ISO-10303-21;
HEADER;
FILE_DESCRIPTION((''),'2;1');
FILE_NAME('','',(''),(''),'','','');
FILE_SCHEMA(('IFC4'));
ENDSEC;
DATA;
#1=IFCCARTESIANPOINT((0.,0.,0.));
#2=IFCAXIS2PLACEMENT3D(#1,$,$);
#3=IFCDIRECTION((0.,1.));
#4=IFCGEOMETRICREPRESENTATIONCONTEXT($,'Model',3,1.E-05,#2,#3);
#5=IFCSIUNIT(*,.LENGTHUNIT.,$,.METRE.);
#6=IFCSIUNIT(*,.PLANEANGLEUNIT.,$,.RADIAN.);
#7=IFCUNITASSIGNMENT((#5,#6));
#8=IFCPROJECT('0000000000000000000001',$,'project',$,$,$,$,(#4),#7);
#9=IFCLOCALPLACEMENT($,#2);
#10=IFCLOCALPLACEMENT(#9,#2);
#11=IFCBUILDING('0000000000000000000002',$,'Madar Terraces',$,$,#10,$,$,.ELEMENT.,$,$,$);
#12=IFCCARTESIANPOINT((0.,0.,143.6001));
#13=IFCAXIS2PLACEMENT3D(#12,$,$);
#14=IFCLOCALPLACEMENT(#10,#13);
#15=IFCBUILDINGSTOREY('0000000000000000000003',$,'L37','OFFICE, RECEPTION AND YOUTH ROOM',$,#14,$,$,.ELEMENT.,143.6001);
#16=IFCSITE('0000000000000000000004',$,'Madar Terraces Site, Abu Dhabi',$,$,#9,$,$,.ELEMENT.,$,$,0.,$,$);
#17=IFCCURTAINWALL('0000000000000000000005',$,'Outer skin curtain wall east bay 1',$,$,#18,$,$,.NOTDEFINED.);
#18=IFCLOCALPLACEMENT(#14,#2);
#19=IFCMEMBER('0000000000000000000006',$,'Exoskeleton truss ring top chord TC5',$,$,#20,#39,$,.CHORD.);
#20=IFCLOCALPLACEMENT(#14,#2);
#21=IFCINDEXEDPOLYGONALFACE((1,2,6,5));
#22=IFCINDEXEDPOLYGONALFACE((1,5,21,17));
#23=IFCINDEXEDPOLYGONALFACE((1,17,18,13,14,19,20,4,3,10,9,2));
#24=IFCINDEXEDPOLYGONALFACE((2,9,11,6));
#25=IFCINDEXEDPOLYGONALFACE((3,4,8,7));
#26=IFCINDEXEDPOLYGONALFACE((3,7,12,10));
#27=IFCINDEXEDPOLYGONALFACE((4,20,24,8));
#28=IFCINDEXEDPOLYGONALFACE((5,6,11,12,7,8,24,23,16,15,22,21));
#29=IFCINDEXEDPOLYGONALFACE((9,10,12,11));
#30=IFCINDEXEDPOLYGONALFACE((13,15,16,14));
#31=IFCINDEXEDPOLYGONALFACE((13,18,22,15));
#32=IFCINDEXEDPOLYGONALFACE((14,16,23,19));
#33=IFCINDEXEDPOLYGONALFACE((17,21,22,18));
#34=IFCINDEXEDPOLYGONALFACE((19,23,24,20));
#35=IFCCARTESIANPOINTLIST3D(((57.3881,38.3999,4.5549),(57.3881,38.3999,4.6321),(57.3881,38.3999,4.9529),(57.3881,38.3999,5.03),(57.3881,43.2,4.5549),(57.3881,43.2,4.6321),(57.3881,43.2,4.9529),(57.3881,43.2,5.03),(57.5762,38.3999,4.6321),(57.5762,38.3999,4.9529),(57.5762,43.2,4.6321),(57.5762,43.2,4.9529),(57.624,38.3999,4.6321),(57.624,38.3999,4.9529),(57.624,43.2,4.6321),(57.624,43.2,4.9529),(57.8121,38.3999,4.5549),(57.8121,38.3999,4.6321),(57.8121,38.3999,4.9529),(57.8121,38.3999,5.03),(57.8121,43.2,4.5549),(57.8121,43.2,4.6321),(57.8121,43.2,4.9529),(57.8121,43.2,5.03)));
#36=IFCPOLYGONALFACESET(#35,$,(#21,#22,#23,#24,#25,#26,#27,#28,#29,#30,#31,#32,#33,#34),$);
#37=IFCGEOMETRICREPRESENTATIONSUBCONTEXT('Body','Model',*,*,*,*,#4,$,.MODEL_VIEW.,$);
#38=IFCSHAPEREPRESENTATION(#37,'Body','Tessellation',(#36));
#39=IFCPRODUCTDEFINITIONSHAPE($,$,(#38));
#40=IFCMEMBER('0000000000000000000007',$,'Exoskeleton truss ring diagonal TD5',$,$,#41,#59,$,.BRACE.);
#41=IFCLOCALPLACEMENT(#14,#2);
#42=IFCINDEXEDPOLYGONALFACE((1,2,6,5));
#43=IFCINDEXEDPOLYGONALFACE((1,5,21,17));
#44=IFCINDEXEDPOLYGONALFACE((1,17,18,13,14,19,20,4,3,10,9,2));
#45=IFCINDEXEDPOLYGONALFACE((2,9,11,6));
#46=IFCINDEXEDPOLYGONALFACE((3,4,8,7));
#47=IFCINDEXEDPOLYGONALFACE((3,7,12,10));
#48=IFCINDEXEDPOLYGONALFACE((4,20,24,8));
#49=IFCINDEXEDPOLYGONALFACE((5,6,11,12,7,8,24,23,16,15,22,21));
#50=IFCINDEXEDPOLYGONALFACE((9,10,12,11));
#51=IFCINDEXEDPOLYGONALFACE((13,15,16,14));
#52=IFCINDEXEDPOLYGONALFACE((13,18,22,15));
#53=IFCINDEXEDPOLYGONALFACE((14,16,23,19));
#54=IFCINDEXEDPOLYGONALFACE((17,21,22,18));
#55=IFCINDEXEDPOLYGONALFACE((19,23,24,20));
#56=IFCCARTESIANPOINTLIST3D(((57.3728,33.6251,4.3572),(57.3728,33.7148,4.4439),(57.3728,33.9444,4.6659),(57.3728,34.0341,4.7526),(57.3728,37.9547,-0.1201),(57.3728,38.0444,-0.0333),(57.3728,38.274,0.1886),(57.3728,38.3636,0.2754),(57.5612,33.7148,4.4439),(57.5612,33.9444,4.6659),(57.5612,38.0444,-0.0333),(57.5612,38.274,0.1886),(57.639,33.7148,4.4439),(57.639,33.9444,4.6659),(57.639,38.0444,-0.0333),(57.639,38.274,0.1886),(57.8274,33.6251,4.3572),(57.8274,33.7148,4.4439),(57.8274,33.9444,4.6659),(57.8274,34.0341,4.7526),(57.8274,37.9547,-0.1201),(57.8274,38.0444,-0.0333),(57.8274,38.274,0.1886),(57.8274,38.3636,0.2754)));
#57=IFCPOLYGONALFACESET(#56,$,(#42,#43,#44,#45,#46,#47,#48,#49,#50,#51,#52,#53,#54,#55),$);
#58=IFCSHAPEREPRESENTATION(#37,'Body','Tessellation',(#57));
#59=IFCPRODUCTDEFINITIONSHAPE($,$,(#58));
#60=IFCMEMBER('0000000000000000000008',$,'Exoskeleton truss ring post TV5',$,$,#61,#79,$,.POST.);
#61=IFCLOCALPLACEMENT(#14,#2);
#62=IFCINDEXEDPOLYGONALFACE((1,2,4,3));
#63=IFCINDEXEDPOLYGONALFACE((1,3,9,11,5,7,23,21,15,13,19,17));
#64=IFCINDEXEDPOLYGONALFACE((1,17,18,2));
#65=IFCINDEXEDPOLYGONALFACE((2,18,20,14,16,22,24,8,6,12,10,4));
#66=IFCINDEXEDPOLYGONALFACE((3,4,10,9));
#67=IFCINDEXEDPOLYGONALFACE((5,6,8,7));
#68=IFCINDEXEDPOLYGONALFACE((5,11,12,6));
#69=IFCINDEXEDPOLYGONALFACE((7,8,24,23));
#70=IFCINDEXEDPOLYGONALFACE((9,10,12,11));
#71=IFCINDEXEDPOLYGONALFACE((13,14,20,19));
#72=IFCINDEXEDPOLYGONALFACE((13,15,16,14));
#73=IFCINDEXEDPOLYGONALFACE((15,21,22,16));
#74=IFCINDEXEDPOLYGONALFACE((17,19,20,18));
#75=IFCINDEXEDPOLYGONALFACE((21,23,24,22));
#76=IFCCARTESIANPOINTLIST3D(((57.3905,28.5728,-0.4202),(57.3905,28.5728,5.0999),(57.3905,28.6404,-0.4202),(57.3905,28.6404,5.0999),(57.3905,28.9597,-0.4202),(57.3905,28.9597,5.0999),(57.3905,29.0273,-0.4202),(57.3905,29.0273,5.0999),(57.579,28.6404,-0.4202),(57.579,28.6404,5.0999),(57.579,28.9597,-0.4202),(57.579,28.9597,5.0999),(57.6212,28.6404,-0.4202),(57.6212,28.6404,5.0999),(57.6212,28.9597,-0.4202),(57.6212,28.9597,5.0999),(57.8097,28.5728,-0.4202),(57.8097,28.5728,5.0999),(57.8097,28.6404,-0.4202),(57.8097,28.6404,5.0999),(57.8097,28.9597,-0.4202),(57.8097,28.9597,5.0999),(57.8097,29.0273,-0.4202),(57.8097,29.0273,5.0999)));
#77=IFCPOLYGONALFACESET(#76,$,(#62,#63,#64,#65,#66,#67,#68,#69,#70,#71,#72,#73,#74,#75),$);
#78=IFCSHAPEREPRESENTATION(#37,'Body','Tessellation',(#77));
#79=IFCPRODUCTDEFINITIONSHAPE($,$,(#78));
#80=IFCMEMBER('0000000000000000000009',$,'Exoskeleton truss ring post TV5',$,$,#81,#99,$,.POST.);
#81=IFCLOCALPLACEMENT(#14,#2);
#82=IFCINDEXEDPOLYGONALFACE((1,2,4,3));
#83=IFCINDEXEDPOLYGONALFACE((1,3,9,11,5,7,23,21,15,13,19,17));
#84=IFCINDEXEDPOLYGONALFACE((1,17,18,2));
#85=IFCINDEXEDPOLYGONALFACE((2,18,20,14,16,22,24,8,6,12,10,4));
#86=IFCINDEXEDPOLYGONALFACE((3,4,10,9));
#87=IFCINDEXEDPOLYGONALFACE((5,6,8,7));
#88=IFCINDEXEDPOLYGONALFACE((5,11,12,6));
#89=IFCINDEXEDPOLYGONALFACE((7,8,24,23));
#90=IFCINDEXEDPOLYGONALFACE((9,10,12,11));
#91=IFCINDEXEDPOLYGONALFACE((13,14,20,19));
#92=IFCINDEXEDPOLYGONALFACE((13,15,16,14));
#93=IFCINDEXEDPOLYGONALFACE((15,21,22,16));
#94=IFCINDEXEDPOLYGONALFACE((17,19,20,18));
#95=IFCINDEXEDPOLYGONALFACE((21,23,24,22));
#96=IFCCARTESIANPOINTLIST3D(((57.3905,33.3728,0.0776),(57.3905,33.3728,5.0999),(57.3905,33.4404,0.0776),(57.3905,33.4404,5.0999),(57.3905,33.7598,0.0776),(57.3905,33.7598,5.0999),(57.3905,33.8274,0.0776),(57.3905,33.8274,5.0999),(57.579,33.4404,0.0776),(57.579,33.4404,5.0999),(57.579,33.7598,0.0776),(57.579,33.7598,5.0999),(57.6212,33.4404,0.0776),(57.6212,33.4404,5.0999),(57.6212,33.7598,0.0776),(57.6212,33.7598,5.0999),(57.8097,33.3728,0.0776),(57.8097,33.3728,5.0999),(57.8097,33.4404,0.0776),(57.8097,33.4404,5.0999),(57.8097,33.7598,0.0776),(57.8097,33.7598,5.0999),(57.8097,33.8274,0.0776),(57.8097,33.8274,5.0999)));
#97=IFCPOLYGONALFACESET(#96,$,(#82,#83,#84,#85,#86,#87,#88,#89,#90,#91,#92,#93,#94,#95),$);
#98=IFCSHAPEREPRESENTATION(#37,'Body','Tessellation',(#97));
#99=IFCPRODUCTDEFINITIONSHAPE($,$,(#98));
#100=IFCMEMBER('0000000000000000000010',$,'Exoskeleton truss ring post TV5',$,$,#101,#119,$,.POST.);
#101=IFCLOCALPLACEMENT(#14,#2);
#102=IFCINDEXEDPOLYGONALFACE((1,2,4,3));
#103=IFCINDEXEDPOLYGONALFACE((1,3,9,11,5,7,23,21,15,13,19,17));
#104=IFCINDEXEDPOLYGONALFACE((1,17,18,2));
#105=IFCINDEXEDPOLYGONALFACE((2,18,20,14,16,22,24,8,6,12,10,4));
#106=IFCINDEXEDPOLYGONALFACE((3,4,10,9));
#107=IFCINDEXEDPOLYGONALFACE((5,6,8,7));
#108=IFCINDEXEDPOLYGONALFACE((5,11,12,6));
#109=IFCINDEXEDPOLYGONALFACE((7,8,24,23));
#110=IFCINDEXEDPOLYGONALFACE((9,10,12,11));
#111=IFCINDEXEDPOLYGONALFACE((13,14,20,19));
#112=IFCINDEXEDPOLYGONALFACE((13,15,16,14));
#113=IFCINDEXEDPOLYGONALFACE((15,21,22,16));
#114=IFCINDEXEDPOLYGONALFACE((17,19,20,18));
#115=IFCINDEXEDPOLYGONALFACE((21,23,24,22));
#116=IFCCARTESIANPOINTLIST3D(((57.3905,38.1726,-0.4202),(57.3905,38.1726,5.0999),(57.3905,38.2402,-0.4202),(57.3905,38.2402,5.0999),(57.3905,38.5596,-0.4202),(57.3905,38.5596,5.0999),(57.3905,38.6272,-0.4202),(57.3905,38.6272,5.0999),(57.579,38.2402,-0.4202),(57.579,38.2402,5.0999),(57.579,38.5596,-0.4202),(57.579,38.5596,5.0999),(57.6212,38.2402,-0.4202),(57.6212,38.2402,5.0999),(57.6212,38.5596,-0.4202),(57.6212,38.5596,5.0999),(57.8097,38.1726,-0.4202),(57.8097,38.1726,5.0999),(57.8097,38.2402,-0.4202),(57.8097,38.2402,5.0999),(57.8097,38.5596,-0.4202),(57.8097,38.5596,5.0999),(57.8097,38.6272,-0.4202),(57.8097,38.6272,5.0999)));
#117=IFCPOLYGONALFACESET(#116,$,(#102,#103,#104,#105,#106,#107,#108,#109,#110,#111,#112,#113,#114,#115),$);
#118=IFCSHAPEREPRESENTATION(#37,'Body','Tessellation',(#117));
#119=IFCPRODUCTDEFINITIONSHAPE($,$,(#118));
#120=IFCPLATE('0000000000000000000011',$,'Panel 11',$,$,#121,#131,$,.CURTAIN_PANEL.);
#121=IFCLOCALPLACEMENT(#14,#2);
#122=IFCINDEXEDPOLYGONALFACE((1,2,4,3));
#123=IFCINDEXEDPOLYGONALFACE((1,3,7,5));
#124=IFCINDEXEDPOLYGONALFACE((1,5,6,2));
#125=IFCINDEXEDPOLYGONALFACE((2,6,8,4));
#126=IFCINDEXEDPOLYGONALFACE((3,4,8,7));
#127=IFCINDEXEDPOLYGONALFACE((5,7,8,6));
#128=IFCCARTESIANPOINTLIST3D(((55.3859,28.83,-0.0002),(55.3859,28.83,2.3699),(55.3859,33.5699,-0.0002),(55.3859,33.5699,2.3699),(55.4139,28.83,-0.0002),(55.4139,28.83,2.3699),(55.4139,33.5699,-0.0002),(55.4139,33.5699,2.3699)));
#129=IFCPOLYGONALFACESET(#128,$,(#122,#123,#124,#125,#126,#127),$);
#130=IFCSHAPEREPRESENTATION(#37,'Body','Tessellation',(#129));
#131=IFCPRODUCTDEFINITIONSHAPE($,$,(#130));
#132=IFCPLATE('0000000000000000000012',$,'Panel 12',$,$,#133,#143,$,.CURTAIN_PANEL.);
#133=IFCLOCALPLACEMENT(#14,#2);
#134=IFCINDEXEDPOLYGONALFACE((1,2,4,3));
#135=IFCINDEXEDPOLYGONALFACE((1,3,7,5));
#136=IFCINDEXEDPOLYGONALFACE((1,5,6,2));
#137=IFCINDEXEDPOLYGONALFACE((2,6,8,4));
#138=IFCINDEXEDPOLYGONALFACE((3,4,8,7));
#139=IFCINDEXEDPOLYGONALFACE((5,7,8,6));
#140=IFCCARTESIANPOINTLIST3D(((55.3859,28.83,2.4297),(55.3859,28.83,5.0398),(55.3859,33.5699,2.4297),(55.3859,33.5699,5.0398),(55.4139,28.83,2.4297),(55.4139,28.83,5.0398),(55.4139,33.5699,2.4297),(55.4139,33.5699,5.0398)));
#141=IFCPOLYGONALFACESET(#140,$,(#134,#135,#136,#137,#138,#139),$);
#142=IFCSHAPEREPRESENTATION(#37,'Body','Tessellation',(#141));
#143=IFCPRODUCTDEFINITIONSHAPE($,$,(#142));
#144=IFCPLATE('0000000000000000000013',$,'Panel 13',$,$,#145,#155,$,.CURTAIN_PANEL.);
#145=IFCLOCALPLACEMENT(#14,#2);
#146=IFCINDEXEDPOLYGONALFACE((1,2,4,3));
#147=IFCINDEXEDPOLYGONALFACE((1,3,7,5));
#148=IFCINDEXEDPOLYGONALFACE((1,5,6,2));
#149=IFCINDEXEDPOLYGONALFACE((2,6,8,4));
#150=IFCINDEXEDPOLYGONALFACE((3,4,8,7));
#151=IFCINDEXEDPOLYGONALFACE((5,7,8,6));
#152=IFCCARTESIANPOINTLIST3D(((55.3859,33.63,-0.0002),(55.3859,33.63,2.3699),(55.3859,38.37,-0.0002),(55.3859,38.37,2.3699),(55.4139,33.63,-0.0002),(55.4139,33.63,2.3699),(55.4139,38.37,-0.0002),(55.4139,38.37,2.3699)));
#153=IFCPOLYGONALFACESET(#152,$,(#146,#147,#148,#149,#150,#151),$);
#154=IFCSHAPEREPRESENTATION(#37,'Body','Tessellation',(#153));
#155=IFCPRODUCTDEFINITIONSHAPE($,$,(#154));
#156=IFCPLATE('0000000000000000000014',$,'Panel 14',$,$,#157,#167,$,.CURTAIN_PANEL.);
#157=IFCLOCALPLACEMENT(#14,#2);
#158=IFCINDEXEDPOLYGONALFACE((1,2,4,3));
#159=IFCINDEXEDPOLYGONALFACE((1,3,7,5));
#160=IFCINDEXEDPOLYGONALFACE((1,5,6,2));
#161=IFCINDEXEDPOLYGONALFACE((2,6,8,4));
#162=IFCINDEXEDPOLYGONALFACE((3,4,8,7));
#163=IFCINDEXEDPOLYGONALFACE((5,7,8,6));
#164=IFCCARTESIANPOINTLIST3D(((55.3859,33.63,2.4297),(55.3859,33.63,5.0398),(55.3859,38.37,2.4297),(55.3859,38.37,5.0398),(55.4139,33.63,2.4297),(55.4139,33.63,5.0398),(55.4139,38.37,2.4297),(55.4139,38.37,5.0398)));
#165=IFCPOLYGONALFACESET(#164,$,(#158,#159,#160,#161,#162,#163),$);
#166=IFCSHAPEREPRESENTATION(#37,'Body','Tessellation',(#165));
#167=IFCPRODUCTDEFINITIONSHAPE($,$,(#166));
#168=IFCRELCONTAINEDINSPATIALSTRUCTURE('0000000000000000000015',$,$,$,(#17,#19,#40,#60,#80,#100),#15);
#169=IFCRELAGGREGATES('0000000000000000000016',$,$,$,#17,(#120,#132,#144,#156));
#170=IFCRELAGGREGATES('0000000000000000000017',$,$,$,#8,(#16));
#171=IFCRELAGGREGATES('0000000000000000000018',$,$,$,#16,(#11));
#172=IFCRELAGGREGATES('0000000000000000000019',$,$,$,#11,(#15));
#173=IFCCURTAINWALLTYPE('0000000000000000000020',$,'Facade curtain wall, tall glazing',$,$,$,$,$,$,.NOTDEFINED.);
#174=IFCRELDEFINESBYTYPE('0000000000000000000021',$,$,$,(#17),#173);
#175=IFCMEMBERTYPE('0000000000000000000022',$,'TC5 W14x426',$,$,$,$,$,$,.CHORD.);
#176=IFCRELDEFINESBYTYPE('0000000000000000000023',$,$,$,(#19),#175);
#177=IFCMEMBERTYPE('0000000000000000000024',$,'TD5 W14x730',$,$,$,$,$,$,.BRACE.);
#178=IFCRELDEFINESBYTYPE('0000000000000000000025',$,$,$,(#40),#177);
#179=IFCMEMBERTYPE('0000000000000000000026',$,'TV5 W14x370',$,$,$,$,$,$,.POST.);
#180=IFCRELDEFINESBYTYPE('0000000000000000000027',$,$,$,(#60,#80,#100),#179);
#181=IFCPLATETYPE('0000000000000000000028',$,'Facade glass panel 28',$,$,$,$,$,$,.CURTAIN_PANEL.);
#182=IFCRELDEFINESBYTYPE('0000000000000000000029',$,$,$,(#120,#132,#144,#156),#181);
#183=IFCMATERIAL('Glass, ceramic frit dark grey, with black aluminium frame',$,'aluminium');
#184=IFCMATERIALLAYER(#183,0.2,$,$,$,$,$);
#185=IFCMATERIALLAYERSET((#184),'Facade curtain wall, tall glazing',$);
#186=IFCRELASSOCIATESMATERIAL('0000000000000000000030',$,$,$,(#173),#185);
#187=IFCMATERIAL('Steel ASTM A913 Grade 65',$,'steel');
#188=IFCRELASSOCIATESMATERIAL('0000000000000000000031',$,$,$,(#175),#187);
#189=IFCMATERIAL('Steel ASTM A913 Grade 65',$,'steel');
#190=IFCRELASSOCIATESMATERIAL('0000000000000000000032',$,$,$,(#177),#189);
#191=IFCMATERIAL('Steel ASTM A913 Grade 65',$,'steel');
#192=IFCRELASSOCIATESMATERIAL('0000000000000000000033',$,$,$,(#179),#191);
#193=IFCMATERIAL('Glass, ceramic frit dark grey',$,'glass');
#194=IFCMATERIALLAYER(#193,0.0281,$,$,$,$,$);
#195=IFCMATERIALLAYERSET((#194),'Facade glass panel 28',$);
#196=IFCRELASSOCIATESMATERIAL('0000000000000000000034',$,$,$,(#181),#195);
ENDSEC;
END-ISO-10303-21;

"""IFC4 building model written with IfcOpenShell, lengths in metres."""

from ifc_helpers import new_model, si_unit, direction, frame, origin, origin_2d, place, context, subcontext, project, spatial, rectangle, i_section, extrude, material, layer, layer_set, material_profile, profile_set, type_object, element, aggregate, save


model = new_model("IFC4")

# Units and contexts
model_context = context("Model", 3, precision=1e-05, world=origin(), true_north=direction((0.0, 1.0)))
body_context = subcontext(model_context, "Body", "Model", "MODEL_VIEW")
ifc_project = project(units=[si_unit("LENGTHUNIT", "METRE"), si_unit("PLANEANGLEUNIT", "RADIAN")], contexts=[model_context])

# Site, building, storey
site_placement = place(None, origin())
site = spatial("IfcSite", under=ifc_project, at=site_placement, Name="Madar Terraces Site, Abu Dhabi", CompositionType="ELEMENT", RefElevation=0.0)
building_placement = place(site_placement, origin())
building = spatial("IfcBuilding", under=site, at=building_placement, Name="Madar Terraces", CompositionType="ELEMENT")
storey_placement = place(building_placement, frame((0.0, 0.0, 143.6001)))
storey = spatial("IfcBuildingStorey", under=building, at=storey_placement, Name="L37", Description="OFFICE, RECEPTION AND YOUTH ROOM", CompositionType="ELEMENT", Elevation=143.6001)

# Curtain wall
ifc_material_1 = material(Name="Glass, ceramic frit dark grey, with black aluminium frame", Category="aluminium")
ifc_layer_1 = layer(ifc_material_1, 0.2)
ifc_layer_set_1 = layer_set([ifc_layer_1], Name="Facade curtain wall, tall glazing")
curtain_wall_type = type_object("IfcCurtainWallType", Name="Facade curtain wall, tall glazing", PredefinedType="NOTDEFINED", material=ifc_layer_set_1)
curtain_wall_placement = place(storey_placement, origin())
curtain_wall = element("IfcCurtainWall", 1, at=curtain_wall_placement, inside=storey, type_object=curtain_wall_type, Name="Outer skin curtain wall east bay 1", PredefinedType="NOTDEFINED")

# Members
ifc_material_2 = material(Name="Steel ASTM A913 Grade 65", Category="steel")
ifc_material_profile_1 = material_profile(ifc_material_2, i_section(OverallWidth=0.4241, OverallDepth=0.4751, WebThickness=0.0479, FlangeThickness=0.0771, at=origin_2d()), Name="W14x426")
ifc_profile_set_1 = profile_set([ifc_material_profile_1], Name="Steel ASTM A913 Grade 65")
member_type_1 = type_object("IfcMemberType", Name="TC5 W14x426", PredefinedType="CHORD", material=ifc_profile_set_1)
member_1_placement = place(storey_placement, frame((57.6001, 38.3999, 4.7925), z_axis=(0.0, 1.0, 0.0), x_axis=(-1.0, 0.0, 0.0)))
element("IfcMember", 2, at=member_1_placement, inside=storey, type_object=member_type_1, Name="Exoskeleton truss ring top chord TC5", PredefinedType="CHORD", context=body_context, shape_type="SweptSolid", body=[
    extrude(i_section(OverallWidth=0.4241, OverallDepth=0.4751, WebThickness=0.0479, FlangeThickness=0.0771, at=origin_2d()), origin(), (0.0, 0.0, 1.0), 4.8),
])
ifc_material_3 = material(Name="Steel ASTM A913 Grade 65", Category="steel")
ifc_material_profile_2 = material_profile(ifc_material_3, i_section(OverallWidth=0.4546, OverallDepth=0.5688, WebThickness=0.0779, FlangeThickness=0.1248, at=origin_2d()), Name="W14x730")
ifc_profile_set_2 = profile_set([ifc_material_profile_2], Name="Steel ASTM A913 Grade 65")
member_type_2 = type_object("IfcMemberType", Name="TD5 W14x730", PredefinedType="BRACE", material=ifc_profile_set_2)
member_2_placement = place(storey_placement, frame((57.6001, 33.8296, 4.5549), z_axis=(0.0, 0.69515, -0.718865), x_axis=(-1.0, 0.0, 0.0)))
element("IfcMember", 3, at=member_2_placement, inside=storey, type_object=member_type_2, Name="Exoskeleton truss ring diagonal TD5", PredefinedType="BRACE", context=body_context, shape_type="SweptSolid", body=[
    extrude(i_section(OverallWidth=0.4546, OverallDepth=0.5688, WebThickness=0.0779, FlangeThickness=0.1248, at=origin_2d()), origin(), (0.0, 0.0, 1.0), 6.2283),
])
ifc_material_4 = material(Name="Steel ASTM A913 Grade 65", Category="steel")
ifc_material_profile_3 = material_profile(ifc_material_4, i_section(OverallWidth=0.4192, OverallDepth=0.4546, WebThickness=0.0422, FlangeThickness=0.0676, at=origin_2d()), Name="W14x370")
ifc_profile_set_3 = profile_set([ifc_material_profile_3], Name="Steel ASTM A913 Grade 65")
member_type_3 = type_object("IfcMemberType", Name="TV5 W14x370", PredefinedType="POST", material=ifc_profile_set_3)
member_3_placement = place(storey_placement, frame((57.6001, 28.8, -0.4202), z_axis=(0.0, 0.0, 1.0), x_axis=(-1.0, 0.0, 0.0)))
element("IfcMember", 4, at=member_3_placement, inside=storey, type_object=member_type_3, Name="Exoskeleton truss ring post TV5", PredefinedType="POST", context=body_context, shape_type="SweptSolid", body=[
    extrude(i_section(OverallWidth=0.4192, OverallDepth=0.4546, WebThickness=0.0422, FlangeThickness=0.0676, at=origin_2d()), origin(), (0.0, 0.0, 1.0), 5.52),
])
member_4_placement = place(storey_placement, frame((57.6001, 33.6001, 0.0776), z_axis=(0.0, 0.0, 1.0), x_axis=(-1.0, 0.0, 0.0)))
element("IfcMember", 5, at=member_4_placement, inside=storey, type_object=member_type_3, Name="Exoskeleton truss ring post TV5", PredefinedType="POST", context=body_context, shape_type="SweptSolid", body=[
    extrude(i_section(OverallWidth=0.4192, OverallDepth=0.4546, WebThickness=0.0422, FlangeThickness=0.0676, at=origin_2d()), origin(), (0.0, 0.0, 1.0), 5.0222),
])
member_5_placement = place(storey_placement, frame((57.6001, 38.3999, -0.4202), z_axis=(0.0, 0.0, 1.0), x_axis=(-1.0, 0.0, 0.0)))
element("IfcMember", 6, at=member_5_placement, inside=storey, type_object=member_type_3, Name="Exoskeleton truss ring post TV5", PredefinedType="POST", context=body_context, shape_type="SweptSolid", body=[
    extrude(i_section(OverallWidth=0.4192, OverallDepth=0.4546, WebThickness=0.0422, FlangeThickness=0.0676, at=origin_2d()), origin(), (0.0, 0.0, 1.0), 5.52),
])

# Plates
ifc_material_5 = material(Name="Glass, ceramic frit dark grey", Category="glass")
ifc_layer_2 = layer(ifc_material_5, 0.0281)
ifc_layer_set_2 = layer_set([ifc_layer_2], Name="Facade glass panel 28")
plate_type = type_object("IfcPlateType", Name="Facade glass panel 28", PredefinedType="CURTAIN_PANEL", material=ifc_layer_set_2)
plate_1_placement = place(storey_placement, frame((55.3999, 31.2, -0.0002), z_axis=(0.0, 0.0, 1.0), x_axis=(0.0, 1.0, 0.0)))
plate_1 = element("IfcPlate", 7, at=plate_1_placement, type_object=plate_type, Name="Panel 11", PredefinedType="CURTAIN_PANEL", context=body_context, shape_type="SweptSolid", body=[
    extrude(rectangle(XDim=4.74, YDim=0.0281, at=origin_2d()), origin(), (0.0, 0.0, 1.0), 2.3701),
])
plate_2_placement = place(storey_placement, frame((55.3999, 31.2, 2.4297), z_axis=(0.0, 0.0, 1.0), x_axis=(0.0, 1.0, 0.0)))
plate_2 = element("IfcPlate", 8, at=plate_2_placement, type_object=plate_type, Name="Panel 12", PredefinedType="CURTAIN_PANEL", context=body_context, shape_type="SweptSolid", body=[
    extrude(rectangle(XDim=4.74, YDim=0.0281, at=origin_2d()), origin(), (0.0, 0.0, 1.0), 2.6101),
])
plate_3_placement = place(storey_placement, frame((55.3999, 36.0, -0.0002), z_axis=(0.0, 0.0, 1.0), x_axis=(0.0, 1.0, 0.0)))
plate_3 = element("IfcPlate", 9, at=plate_3_placement, type_object=plate_type, Name="Panel 13", PredefinedType="CURTAIN_PANEL", context=body_context, shape_type="SweptSolid", body=[
    extrude(rectangle(XDim=4.74, YDim=0.0281, at=origin_2d()), origin(), (0.0, 0.0, 1.0), 2.3701),
])
plate_4_placement = place(storey_placement, frame((55.3999, 36.0, 2.4297), z_axis=(0.0, 0.0, 1.0), x_axis=(0.0, 1.0, 0.0)))
plate_4 = element("IfcPlate", 10, at=plate_4_placement, type_object=plate_type, Name="Panel 14", PredefinedType="CURTAIN_PANEL", context=body_context, shape_type="SweptSolid", body=[
    extrude(rectangle(XDim=4.74, YDim=0.0281, at=origin_2d()), origin(), (0.0, 0.0, 1.0), 2.6101),
])
aggregate(curtain_wall, [plate_1, plate_2, plate_3, plate_4])

save(model, "model.ifc")
